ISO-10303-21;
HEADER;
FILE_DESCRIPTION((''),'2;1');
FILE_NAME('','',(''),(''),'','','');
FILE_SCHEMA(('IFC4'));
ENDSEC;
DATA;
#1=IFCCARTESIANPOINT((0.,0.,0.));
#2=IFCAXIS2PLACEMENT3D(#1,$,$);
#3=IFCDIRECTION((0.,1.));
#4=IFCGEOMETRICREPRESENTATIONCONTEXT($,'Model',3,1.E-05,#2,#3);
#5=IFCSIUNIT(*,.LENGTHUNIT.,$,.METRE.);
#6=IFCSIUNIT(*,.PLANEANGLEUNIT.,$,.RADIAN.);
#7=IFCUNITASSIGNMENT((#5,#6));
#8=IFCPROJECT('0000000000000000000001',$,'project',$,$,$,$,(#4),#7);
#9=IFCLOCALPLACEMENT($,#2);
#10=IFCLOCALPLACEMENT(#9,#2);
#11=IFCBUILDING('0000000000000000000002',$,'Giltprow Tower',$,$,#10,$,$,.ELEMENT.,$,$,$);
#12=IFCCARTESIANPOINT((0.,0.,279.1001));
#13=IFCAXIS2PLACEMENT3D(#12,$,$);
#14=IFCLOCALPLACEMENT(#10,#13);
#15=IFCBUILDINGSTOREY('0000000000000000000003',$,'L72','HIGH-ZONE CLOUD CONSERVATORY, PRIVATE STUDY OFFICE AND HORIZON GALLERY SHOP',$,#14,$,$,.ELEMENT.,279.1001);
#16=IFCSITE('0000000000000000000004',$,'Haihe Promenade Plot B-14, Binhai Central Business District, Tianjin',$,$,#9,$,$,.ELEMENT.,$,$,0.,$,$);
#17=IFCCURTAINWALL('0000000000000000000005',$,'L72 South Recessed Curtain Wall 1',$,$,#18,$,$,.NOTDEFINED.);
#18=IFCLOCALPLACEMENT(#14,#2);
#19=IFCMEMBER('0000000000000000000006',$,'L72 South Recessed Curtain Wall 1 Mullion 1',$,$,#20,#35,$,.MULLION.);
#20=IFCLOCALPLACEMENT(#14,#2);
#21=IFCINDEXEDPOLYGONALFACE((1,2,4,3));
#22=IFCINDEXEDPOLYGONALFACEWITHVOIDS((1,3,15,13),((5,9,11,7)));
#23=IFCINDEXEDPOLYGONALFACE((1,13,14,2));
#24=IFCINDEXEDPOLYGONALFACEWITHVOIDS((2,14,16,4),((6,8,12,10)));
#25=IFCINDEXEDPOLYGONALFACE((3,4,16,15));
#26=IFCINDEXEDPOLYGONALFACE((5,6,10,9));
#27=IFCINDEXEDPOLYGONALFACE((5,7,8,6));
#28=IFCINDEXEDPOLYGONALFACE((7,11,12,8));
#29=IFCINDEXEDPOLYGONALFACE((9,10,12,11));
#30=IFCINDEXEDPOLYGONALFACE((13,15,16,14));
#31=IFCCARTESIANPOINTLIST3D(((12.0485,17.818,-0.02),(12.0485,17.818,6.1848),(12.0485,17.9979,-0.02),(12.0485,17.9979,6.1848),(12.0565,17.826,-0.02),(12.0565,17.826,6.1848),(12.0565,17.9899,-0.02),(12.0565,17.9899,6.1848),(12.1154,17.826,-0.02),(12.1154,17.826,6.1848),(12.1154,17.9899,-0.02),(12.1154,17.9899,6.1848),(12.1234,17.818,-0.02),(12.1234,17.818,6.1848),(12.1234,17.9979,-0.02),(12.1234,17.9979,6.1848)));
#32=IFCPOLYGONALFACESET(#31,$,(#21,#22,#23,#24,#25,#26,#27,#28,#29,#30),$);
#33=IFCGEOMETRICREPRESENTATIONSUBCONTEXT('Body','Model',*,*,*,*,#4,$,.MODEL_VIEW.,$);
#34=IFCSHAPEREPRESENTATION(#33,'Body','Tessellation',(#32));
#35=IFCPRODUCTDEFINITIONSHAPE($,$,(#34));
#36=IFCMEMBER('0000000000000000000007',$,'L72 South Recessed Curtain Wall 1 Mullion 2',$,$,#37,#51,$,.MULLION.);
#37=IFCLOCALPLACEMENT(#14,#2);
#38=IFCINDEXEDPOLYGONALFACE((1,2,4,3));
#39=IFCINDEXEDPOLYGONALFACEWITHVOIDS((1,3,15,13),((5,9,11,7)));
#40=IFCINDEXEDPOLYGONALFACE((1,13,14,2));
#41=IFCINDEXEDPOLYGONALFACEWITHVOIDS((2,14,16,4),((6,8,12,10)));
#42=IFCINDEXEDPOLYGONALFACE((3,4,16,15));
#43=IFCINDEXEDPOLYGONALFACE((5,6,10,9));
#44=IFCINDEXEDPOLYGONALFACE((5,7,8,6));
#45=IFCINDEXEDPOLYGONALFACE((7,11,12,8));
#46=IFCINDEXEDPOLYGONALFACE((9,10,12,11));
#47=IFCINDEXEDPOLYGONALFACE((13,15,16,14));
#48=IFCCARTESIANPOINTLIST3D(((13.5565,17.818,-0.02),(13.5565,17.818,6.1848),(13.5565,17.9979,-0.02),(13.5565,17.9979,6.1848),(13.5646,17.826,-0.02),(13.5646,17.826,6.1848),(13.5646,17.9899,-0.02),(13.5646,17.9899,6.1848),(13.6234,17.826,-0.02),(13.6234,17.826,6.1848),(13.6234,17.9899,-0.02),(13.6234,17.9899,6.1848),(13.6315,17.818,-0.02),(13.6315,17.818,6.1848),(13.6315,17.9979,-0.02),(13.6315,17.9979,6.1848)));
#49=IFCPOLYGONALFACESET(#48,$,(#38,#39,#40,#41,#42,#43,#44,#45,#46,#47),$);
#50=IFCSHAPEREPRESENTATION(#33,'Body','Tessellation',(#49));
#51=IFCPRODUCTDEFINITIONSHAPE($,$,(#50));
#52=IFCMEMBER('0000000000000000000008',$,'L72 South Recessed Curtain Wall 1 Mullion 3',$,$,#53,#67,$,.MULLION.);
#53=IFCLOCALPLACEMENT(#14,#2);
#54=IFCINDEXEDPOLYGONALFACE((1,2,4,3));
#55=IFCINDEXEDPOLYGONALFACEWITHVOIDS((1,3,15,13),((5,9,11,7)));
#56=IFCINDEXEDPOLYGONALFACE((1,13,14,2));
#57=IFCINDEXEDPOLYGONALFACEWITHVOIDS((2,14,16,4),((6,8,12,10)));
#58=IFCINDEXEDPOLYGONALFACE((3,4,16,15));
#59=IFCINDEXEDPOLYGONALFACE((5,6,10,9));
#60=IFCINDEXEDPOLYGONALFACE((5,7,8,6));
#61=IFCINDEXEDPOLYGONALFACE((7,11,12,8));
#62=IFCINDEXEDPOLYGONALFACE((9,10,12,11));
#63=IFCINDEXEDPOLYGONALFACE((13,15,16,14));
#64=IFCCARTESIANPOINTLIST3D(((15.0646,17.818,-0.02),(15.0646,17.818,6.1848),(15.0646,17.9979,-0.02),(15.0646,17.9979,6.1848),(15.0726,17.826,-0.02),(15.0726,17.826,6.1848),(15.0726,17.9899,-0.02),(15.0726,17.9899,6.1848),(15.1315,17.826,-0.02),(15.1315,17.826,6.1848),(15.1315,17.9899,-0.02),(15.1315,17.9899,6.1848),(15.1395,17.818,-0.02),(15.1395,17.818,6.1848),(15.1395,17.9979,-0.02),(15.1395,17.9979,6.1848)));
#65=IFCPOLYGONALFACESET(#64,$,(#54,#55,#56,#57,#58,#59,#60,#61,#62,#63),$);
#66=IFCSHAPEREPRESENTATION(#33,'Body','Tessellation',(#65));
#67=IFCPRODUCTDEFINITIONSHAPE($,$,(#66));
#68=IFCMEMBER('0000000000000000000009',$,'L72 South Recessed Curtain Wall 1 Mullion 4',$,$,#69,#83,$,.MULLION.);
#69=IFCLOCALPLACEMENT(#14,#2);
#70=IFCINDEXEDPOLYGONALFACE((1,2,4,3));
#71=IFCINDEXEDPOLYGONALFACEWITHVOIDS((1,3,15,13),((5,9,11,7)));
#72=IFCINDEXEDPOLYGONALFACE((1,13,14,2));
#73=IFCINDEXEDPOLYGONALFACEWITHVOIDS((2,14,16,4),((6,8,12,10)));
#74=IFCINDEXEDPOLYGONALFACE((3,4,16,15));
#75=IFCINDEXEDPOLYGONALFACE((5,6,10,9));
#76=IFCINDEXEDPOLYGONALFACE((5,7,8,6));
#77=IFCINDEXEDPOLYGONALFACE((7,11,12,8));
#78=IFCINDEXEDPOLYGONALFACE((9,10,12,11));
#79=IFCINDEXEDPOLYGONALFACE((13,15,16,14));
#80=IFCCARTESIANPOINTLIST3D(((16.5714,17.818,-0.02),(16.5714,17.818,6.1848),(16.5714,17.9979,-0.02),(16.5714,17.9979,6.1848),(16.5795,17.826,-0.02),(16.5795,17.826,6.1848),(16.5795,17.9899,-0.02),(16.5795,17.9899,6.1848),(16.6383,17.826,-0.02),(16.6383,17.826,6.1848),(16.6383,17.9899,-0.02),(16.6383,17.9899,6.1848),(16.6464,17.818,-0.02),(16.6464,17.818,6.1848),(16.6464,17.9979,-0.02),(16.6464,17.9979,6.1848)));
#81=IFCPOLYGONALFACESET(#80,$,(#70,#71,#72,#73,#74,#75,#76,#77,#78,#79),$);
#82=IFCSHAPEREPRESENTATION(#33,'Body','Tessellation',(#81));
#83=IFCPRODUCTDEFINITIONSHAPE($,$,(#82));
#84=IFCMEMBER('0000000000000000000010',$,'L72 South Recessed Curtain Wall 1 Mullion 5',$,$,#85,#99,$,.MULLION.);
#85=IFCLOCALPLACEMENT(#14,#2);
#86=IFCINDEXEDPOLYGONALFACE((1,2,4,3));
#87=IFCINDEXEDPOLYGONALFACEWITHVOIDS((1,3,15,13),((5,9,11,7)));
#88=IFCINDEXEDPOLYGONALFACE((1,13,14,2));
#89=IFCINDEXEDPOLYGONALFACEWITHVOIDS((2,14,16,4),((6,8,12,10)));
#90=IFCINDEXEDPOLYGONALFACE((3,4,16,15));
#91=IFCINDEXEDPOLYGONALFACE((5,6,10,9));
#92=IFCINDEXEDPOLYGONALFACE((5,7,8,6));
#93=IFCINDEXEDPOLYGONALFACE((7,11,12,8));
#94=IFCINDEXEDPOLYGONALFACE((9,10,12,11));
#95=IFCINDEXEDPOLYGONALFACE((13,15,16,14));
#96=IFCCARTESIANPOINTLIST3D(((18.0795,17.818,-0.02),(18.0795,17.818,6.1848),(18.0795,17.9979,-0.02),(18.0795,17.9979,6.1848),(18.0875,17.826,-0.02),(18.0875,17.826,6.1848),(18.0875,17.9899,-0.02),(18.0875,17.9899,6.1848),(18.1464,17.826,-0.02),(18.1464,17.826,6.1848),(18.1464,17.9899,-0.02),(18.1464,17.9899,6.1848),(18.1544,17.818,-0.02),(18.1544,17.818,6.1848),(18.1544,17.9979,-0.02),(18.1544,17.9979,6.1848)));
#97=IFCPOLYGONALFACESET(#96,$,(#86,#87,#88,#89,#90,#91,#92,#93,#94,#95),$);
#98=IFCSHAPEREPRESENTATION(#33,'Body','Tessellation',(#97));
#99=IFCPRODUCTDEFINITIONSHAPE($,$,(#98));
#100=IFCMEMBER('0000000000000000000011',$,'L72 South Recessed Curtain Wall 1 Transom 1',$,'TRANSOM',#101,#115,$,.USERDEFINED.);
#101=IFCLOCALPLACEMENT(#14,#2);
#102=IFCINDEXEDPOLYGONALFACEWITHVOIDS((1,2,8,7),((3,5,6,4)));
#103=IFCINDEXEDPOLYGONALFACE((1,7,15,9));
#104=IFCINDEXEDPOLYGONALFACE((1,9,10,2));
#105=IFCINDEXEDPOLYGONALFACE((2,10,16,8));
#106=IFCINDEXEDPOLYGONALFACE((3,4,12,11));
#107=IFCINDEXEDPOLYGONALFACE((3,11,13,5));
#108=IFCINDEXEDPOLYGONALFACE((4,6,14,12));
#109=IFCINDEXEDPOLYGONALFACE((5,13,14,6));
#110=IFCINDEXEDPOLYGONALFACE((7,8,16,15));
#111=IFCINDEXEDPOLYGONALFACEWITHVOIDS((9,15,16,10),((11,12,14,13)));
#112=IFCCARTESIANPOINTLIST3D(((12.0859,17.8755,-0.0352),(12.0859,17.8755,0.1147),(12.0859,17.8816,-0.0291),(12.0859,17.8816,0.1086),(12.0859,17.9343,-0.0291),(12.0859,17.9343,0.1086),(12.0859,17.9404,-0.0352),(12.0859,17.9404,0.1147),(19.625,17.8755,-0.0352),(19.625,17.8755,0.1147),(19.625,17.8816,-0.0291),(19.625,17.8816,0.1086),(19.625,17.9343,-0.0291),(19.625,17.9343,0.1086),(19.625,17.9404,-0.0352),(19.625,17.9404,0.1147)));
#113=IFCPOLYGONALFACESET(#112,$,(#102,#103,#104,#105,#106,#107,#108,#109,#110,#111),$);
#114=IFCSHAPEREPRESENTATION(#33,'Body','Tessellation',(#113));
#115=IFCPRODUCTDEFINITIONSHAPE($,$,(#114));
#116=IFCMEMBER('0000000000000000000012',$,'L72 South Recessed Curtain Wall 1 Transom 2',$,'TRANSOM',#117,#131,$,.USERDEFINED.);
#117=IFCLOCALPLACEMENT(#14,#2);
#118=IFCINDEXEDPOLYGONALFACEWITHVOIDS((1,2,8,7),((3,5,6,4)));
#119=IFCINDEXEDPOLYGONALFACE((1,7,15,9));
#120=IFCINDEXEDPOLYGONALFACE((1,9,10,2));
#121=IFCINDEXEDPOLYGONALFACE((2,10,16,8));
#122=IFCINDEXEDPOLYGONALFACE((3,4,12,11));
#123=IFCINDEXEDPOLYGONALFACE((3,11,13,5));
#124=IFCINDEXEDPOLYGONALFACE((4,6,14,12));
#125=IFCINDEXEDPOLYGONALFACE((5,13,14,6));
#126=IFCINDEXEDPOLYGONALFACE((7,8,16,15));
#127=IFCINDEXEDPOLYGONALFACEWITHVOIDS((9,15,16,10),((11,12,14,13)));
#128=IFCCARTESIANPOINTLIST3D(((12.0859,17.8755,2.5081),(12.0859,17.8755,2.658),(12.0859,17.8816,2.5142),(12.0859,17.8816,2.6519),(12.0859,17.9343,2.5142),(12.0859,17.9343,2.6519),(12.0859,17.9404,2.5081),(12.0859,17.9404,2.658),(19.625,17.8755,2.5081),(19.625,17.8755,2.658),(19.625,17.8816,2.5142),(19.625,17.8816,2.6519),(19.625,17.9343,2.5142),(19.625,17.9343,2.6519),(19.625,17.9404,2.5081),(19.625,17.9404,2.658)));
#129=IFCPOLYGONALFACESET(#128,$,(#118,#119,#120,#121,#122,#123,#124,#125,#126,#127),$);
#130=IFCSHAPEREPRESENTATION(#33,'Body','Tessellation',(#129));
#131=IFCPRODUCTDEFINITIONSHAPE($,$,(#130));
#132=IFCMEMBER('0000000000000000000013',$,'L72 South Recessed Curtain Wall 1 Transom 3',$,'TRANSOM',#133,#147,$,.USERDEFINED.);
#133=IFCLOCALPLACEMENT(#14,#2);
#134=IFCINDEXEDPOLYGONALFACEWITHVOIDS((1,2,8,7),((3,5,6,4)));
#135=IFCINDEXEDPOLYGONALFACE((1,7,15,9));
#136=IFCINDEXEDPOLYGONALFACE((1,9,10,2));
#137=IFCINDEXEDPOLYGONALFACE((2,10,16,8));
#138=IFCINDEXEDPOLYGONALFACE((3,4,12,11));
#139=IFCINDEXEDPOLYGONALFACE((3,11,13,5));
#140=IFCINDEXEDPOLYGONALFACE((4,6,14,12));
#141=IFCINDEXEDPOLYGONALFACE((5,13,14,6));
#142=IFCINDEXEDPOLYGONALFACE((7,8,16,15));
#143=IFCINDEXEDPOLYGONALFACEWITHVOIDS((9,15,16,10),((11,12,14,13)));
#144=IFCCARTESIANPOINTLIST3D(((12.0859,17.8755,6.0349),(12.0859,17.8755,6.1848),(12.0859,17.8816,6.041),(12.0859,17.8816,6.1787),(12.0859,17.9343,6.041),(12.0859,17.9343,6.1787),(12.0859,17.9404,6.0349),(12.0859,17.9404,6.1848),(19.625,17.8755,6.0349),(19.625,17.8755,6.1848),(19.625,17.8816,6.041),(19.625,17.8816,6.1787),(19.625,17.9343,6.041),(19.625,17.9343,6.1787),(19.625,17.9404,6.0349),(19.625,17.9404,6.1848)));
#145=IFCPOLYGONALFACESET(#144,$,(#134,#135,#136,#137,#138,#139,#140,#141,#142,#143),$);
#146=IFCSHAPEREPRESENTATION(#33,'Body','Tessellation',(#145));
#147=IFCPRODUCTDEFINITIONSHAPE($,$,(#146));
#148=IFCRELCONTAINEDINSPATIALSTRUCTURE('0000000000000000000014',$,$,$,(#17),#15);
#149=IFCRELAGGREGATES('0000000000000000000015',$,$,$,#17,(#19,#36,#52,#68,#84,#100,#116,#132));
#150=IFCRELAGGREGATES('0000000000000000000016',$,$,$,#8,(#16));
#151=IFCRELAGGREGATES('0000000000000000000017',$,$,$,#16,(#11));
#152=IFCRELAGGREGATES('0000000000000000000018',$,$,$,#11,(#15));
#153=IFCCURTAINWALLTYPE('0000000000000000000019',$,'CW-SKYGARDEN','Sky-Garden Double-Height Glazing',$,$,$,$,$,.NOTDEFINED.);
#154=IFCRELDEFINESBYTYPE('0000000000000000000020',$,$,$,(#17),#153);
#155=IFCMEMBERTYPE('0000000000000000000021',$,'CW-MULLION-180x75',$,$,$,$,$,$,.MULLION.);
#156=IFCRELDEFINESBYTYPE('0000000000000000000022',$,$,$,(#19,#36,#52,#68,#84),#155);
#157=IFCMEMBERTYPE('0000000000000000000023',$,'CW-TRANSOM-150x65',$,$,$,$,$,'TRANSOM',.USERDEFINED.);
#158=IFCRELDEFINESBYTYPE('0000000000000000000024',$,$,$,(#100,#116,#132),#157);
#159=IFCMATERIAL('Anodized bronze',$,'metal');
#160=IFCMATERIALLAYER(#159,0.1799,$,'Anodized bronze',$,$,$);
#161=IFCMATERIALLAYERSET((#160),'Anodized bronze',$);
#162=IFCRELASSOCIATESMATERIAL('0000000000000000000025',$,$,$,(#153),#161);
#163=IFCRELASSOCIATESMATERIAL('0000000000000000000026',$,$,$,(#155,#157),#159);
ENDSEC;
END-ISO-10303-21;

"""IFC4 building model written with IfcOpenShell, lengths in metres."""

from ifc_helpers import new_model, si_unit, direction, frame, origin, origin_2d, place, context, subcontext, project, spatial, hollow_rectangle, extrude, source, transform, mapped, material, layer, layer_set, material_profile, profile_set, type_object, element, aggregate, save


model = new_model("IFC4")

# Units and contexts
model_context = context("Model", 3, precision=1e-05, world=origin(), true_north=direction((0.0, 1.0)))
body_context = subcontext(model_context, "Body", "Model", "MODEL_VIEW")
ifc_project = project(units=[si_unit("LENGTHUNIT", "METRE"), si_unit("PLANEANGLEUNIT", "RADIAN")], contexts=[model_context])

# Site, building, storey
site_placement = place(None, origin())
site = spatial("IfcSite", under=ifc_project, at=site_placement, Name="Haihe Promenade Plot B-14, Binhai Central Business District, Tianjin", CompositionType="ELEMENT", RefElevation=0.0)
building_placement = place(site_placement, origin())
building = spatial("IfcBuilding", under=site, at=building_placement, Name="Giltprow Tower", CompositionType="ELEMENT")
storey_placement = place(building_placement, frame((0.0, 0.0, 279.1001)))
storey = spatial("IfcBuildingStorey", under=building, at=storey_placement, Name="L72", Description="HIGH-ZONE CLOUD CONSERVATORY, PRIVATE STUDY OFFICE AND HORIZON GALLERY SHOP", CompositionType="ELEMENT", Elevation=279.1001)

# Curtain wall, members
ifc_material_1 = material(Name="Anodized bronze", Category="metal")
ifc_layer_1 = layer(ifc_material_1, 0.1799, Name="Anodized bronze")
ifc_layer_set_1 = layer_set([ifc_layer_1], Name="Anodized bronze")
curtain_wall_type = type_object("IfcCurtainWallType", Name="CW-SKYGARDEN", Description="Sky-Garden Double-Height Glazing", PredefinedType="NOTDEFINED", material=ifc_layer_set_1)
curtain_wall_placement = place(storey_placement, origin())
curtain_wall = element("IfcCurtainWall", 1, at=curtain_wall_placement, inside=storey, type_object=curtain_wall_type, Name="L72 South Recessed Curtain Wall 1", PredefinedType="NOTDEFINED")
ifc_material_profile_1 = material_profile(ifc_material_1, hollow_rectangle(XDim=0.075, YDim=0.1799, WallThickness=0.0081, at=origin_2d()), Name="RHS 180x75x8")
ifc_profile_set_1 = profile_set([ifc_material_profile_1], Name="Anodized bronze")
member_type_1 = type_object("IfcMemberType", Name="CW-MULLION-180x75", PredefinedType="MULLION", material=ifc_profile_set_1)
shared_shape_1 = source(origin(), body_context, "Body", "SweptSolid", [
    extrude(hollow_rectangle(XDim=0.075, YDim=0.1799, WallThickness=0.0081, at=origin_2d()), origin(), (0.0, 0.0, 1.0), 6.2048),
])
member_1_placement = place(storey_placement, frame((12.0859, 17.908, -0.02), z_axis=(0.0, 0.0, 1.0), x_axis=(1.0, 0.0, 0.0)))
member_1 = element("IfcMember", 2, at=member_1_placement, type_object=member_type_1, Name="L72 South Recessed Curtain Wall 1 Mullion 1", PredefinedType="MULLION", context=body_context, shape_type="MappedRepresentation", body=[
    mapped(shared_shape_1, transform((0.0, 0.0, 0.0), x_axis=(1.0, 0.0, 0.0), y_axis=(0.0, 1.0, 0.0), z_axis=(0.0, 0.0, 1.0), scale=1.0)),
])
member_2_placement = place(storey_placement, frame((13.594, 17.908, -0.02), z_axis=(0.0, 0.0, 1.0), x_axis=(1.0, 0.0, 0.0)))
member_2 = element("IfcMember", 3, at=member_2_placement, type_object=member_type_1, Name="L72 South Recessed Curtain Wall 1 Mullion 2", PredefinedType="MULLION", context=body_context, shape_type="MappedRepresentation", body=[
    mapped(shared_shape_1, transform((0.0, 0.0, 0.0), x_axis=(1.0, 0.0, 0.0), y_axis=(0.0, 1.0, 0.0), z_axis=(0.0, 0.0, 1.0), scale=1.0)),
])
member_3_placement = place(storey_placement, frame((15.1021, 17.908, -0.02), z_axis=(0.0, 0.0, 1.0), x_axis=(1.0, 0.0, 0.0)))
member_3 = element("IfcMember", 4, at=member_3_placement, type_object=member_type_1, Name="L72 South Recessed Curtain Wall 1 Mullion 3", PredefinedType="MULLION", context=body_context, shape_type="MappedRepresentation", body=[
    mapped(shared_shape_1, transform((0.0, 0.0, 0.0), x_axis=(1.0, 0.0, 0.0), y_axis=(0.0, 1.0, 0.0), z_axis=(0.0, 0.0, 1.0), scale=1.0)),
])
member_4_placement = place(storey_placement, frame((16.6089, 17.908, -0.02), z_axis=(0.0, 0.0, 1.0), x_axis=(1.0, 0.0, 0.0)))
member_4 = element("IfcMember", 5, at=member_4_placement, type_object=member_type_1, Name="L72 South Recessed Curtain Wall 1 Mullion 4", PredefinedType="MULLION", context=body_context, shape_type="MappedRepresentation", body=[
    mapped(shared_shape_1, transform((0.0, 0.0, 0.0), x_axis=(1.0, 0.0, 0.0), y_axis=(0.0, 1.0, 0.0), z_axis=(0.0, 0.0, 1.0), scale=1.0)),
])
member_5_placement = place(storey_placement, frame((18.1169, 17.908, -0.02), z_axis=(0.0, 0.0, 1.0), x_axis=(1.0, 0.0, 0.0)))
member_5 = element("IfcMember", 6, at=member_5_placement, type_object=member_type_1, Name="L72 South Recessed Curtain Wall 1 Mullion 5", PredefinedType="MULLION", context=body_context, shape_type="MappedRepresentation", body=[
    mapped(shared_shape_1, transform((0.0, 0.0, 0.0), x_axis=(1.0, 0.0, 0.0), y_axis=(0.0, 1.0, 0.0), z_axis=(0.0, 0.0, 1.0), scale=1.0)),
])
ifc_material_profile_2 = material_profile(ifc_material_1, hollow_rectangle(XDim=0.0649, YDim=0.1499, WallThickness=0.0061, at=origin_2d()), Name="RHS 150x65x6")
ifc_profile_set_2 = profile_set([ifc_material_profile_2], Name="Anodized bronze")
member_type_2 = type_object("IfcMemberType", Name="CW-TRANSOM-150x65", ElementType="TRANSOM", PredefinedType="USERDEFINED", material=ifc_profile_set_2)
shared_shape_2 = source(origin(), body_context, "Body", "SweptSolid", [
    extrude(hollow_rectangle(XDim=0.0649, YDim=0.1499, WallThickness=0.0061, at=origin_2d()), origin(), (0.0, 0.0, 1.0), 7.5391),
])
member_6_placement = place(storey_placement, frame((12.0859, 17.908, 0.0398), z_axis=(1.0, 0.0, 0.0), x_axis=(0.0, 1.0, 0.0)))
member_6 = element("IfcMember", 7, at=member_6_placement, type_object=member_type_2, Name="L72 South Recessed Curtain Wall 1 Transom 1", ObjectType="TRANSOM", PredefinedType="USERDEFINED", context=body_context, shape_type="MappedRepresentation", body=[
    mapped(shared_shape_2, transform((0.0, 0.0, 0.0), x_axis=(1.0, 0.0, 0.0), y_axis=(0.0, 1.0, 0.0), z_axis=(0.0, 0.0, 1.0), scale=1.0)),
])
member_7_placement = place(storey_placement, frame((12.0859, 17.908, 2.583), z_axis=(1.0, 0.0, 0.0), x_axis=(0.0, 1.0, 0.0)))
member_7 = element("IfcMember", 8, at=member_7_placement, type_object=member_type_2, Name="L72 South Recessed Curtain Wall 1 Transom 2", ObjectType="TRANSOM", PredefinedType="USERDEFINED", context=body_context, shape_type="MappedRepresentation", body=[
    mapped(shared_shape_2, transform((0.0, 0.0, 0.0), x_axis=(1.0, 0.0, 0.0), y_axis=(0.0, 1.0, 0.0), z_axis=(0.0, 0.0, 1.0), scale=1.0)),
])
member_8_placement = place(storey_placement, frame((12.0859, 17.908, 6.1099), z_axis=(1.0, 0.0, 0.0), x_axis=(0.0, 1.0, 0.0)))
member_8 = element("IfcMember", 9, at=member_8_placement, type_object=member_type_2, Name="L72 South Recessed Curtain Wall 1 Transom 3", ObjectType="TRANSOM", PredefinedType="USERDEFINED", context=body_context, shape_type="MappedRepresentation", body=[
    mapped(shared_shape_2, transform((0.0, 0.0, 0.0), x_axis=(1.0, 0.0, 0.0), y_axis=(0.0, 1.0, 0.0), z_axis=(0.0, 0.0, 1.0), scale=1.0)),
])

aggregate(curtain_wall, [member_1, member_2, member_3, member_4, member_5, member_6, member_7, member_8])

save(model, "model.ifc")
